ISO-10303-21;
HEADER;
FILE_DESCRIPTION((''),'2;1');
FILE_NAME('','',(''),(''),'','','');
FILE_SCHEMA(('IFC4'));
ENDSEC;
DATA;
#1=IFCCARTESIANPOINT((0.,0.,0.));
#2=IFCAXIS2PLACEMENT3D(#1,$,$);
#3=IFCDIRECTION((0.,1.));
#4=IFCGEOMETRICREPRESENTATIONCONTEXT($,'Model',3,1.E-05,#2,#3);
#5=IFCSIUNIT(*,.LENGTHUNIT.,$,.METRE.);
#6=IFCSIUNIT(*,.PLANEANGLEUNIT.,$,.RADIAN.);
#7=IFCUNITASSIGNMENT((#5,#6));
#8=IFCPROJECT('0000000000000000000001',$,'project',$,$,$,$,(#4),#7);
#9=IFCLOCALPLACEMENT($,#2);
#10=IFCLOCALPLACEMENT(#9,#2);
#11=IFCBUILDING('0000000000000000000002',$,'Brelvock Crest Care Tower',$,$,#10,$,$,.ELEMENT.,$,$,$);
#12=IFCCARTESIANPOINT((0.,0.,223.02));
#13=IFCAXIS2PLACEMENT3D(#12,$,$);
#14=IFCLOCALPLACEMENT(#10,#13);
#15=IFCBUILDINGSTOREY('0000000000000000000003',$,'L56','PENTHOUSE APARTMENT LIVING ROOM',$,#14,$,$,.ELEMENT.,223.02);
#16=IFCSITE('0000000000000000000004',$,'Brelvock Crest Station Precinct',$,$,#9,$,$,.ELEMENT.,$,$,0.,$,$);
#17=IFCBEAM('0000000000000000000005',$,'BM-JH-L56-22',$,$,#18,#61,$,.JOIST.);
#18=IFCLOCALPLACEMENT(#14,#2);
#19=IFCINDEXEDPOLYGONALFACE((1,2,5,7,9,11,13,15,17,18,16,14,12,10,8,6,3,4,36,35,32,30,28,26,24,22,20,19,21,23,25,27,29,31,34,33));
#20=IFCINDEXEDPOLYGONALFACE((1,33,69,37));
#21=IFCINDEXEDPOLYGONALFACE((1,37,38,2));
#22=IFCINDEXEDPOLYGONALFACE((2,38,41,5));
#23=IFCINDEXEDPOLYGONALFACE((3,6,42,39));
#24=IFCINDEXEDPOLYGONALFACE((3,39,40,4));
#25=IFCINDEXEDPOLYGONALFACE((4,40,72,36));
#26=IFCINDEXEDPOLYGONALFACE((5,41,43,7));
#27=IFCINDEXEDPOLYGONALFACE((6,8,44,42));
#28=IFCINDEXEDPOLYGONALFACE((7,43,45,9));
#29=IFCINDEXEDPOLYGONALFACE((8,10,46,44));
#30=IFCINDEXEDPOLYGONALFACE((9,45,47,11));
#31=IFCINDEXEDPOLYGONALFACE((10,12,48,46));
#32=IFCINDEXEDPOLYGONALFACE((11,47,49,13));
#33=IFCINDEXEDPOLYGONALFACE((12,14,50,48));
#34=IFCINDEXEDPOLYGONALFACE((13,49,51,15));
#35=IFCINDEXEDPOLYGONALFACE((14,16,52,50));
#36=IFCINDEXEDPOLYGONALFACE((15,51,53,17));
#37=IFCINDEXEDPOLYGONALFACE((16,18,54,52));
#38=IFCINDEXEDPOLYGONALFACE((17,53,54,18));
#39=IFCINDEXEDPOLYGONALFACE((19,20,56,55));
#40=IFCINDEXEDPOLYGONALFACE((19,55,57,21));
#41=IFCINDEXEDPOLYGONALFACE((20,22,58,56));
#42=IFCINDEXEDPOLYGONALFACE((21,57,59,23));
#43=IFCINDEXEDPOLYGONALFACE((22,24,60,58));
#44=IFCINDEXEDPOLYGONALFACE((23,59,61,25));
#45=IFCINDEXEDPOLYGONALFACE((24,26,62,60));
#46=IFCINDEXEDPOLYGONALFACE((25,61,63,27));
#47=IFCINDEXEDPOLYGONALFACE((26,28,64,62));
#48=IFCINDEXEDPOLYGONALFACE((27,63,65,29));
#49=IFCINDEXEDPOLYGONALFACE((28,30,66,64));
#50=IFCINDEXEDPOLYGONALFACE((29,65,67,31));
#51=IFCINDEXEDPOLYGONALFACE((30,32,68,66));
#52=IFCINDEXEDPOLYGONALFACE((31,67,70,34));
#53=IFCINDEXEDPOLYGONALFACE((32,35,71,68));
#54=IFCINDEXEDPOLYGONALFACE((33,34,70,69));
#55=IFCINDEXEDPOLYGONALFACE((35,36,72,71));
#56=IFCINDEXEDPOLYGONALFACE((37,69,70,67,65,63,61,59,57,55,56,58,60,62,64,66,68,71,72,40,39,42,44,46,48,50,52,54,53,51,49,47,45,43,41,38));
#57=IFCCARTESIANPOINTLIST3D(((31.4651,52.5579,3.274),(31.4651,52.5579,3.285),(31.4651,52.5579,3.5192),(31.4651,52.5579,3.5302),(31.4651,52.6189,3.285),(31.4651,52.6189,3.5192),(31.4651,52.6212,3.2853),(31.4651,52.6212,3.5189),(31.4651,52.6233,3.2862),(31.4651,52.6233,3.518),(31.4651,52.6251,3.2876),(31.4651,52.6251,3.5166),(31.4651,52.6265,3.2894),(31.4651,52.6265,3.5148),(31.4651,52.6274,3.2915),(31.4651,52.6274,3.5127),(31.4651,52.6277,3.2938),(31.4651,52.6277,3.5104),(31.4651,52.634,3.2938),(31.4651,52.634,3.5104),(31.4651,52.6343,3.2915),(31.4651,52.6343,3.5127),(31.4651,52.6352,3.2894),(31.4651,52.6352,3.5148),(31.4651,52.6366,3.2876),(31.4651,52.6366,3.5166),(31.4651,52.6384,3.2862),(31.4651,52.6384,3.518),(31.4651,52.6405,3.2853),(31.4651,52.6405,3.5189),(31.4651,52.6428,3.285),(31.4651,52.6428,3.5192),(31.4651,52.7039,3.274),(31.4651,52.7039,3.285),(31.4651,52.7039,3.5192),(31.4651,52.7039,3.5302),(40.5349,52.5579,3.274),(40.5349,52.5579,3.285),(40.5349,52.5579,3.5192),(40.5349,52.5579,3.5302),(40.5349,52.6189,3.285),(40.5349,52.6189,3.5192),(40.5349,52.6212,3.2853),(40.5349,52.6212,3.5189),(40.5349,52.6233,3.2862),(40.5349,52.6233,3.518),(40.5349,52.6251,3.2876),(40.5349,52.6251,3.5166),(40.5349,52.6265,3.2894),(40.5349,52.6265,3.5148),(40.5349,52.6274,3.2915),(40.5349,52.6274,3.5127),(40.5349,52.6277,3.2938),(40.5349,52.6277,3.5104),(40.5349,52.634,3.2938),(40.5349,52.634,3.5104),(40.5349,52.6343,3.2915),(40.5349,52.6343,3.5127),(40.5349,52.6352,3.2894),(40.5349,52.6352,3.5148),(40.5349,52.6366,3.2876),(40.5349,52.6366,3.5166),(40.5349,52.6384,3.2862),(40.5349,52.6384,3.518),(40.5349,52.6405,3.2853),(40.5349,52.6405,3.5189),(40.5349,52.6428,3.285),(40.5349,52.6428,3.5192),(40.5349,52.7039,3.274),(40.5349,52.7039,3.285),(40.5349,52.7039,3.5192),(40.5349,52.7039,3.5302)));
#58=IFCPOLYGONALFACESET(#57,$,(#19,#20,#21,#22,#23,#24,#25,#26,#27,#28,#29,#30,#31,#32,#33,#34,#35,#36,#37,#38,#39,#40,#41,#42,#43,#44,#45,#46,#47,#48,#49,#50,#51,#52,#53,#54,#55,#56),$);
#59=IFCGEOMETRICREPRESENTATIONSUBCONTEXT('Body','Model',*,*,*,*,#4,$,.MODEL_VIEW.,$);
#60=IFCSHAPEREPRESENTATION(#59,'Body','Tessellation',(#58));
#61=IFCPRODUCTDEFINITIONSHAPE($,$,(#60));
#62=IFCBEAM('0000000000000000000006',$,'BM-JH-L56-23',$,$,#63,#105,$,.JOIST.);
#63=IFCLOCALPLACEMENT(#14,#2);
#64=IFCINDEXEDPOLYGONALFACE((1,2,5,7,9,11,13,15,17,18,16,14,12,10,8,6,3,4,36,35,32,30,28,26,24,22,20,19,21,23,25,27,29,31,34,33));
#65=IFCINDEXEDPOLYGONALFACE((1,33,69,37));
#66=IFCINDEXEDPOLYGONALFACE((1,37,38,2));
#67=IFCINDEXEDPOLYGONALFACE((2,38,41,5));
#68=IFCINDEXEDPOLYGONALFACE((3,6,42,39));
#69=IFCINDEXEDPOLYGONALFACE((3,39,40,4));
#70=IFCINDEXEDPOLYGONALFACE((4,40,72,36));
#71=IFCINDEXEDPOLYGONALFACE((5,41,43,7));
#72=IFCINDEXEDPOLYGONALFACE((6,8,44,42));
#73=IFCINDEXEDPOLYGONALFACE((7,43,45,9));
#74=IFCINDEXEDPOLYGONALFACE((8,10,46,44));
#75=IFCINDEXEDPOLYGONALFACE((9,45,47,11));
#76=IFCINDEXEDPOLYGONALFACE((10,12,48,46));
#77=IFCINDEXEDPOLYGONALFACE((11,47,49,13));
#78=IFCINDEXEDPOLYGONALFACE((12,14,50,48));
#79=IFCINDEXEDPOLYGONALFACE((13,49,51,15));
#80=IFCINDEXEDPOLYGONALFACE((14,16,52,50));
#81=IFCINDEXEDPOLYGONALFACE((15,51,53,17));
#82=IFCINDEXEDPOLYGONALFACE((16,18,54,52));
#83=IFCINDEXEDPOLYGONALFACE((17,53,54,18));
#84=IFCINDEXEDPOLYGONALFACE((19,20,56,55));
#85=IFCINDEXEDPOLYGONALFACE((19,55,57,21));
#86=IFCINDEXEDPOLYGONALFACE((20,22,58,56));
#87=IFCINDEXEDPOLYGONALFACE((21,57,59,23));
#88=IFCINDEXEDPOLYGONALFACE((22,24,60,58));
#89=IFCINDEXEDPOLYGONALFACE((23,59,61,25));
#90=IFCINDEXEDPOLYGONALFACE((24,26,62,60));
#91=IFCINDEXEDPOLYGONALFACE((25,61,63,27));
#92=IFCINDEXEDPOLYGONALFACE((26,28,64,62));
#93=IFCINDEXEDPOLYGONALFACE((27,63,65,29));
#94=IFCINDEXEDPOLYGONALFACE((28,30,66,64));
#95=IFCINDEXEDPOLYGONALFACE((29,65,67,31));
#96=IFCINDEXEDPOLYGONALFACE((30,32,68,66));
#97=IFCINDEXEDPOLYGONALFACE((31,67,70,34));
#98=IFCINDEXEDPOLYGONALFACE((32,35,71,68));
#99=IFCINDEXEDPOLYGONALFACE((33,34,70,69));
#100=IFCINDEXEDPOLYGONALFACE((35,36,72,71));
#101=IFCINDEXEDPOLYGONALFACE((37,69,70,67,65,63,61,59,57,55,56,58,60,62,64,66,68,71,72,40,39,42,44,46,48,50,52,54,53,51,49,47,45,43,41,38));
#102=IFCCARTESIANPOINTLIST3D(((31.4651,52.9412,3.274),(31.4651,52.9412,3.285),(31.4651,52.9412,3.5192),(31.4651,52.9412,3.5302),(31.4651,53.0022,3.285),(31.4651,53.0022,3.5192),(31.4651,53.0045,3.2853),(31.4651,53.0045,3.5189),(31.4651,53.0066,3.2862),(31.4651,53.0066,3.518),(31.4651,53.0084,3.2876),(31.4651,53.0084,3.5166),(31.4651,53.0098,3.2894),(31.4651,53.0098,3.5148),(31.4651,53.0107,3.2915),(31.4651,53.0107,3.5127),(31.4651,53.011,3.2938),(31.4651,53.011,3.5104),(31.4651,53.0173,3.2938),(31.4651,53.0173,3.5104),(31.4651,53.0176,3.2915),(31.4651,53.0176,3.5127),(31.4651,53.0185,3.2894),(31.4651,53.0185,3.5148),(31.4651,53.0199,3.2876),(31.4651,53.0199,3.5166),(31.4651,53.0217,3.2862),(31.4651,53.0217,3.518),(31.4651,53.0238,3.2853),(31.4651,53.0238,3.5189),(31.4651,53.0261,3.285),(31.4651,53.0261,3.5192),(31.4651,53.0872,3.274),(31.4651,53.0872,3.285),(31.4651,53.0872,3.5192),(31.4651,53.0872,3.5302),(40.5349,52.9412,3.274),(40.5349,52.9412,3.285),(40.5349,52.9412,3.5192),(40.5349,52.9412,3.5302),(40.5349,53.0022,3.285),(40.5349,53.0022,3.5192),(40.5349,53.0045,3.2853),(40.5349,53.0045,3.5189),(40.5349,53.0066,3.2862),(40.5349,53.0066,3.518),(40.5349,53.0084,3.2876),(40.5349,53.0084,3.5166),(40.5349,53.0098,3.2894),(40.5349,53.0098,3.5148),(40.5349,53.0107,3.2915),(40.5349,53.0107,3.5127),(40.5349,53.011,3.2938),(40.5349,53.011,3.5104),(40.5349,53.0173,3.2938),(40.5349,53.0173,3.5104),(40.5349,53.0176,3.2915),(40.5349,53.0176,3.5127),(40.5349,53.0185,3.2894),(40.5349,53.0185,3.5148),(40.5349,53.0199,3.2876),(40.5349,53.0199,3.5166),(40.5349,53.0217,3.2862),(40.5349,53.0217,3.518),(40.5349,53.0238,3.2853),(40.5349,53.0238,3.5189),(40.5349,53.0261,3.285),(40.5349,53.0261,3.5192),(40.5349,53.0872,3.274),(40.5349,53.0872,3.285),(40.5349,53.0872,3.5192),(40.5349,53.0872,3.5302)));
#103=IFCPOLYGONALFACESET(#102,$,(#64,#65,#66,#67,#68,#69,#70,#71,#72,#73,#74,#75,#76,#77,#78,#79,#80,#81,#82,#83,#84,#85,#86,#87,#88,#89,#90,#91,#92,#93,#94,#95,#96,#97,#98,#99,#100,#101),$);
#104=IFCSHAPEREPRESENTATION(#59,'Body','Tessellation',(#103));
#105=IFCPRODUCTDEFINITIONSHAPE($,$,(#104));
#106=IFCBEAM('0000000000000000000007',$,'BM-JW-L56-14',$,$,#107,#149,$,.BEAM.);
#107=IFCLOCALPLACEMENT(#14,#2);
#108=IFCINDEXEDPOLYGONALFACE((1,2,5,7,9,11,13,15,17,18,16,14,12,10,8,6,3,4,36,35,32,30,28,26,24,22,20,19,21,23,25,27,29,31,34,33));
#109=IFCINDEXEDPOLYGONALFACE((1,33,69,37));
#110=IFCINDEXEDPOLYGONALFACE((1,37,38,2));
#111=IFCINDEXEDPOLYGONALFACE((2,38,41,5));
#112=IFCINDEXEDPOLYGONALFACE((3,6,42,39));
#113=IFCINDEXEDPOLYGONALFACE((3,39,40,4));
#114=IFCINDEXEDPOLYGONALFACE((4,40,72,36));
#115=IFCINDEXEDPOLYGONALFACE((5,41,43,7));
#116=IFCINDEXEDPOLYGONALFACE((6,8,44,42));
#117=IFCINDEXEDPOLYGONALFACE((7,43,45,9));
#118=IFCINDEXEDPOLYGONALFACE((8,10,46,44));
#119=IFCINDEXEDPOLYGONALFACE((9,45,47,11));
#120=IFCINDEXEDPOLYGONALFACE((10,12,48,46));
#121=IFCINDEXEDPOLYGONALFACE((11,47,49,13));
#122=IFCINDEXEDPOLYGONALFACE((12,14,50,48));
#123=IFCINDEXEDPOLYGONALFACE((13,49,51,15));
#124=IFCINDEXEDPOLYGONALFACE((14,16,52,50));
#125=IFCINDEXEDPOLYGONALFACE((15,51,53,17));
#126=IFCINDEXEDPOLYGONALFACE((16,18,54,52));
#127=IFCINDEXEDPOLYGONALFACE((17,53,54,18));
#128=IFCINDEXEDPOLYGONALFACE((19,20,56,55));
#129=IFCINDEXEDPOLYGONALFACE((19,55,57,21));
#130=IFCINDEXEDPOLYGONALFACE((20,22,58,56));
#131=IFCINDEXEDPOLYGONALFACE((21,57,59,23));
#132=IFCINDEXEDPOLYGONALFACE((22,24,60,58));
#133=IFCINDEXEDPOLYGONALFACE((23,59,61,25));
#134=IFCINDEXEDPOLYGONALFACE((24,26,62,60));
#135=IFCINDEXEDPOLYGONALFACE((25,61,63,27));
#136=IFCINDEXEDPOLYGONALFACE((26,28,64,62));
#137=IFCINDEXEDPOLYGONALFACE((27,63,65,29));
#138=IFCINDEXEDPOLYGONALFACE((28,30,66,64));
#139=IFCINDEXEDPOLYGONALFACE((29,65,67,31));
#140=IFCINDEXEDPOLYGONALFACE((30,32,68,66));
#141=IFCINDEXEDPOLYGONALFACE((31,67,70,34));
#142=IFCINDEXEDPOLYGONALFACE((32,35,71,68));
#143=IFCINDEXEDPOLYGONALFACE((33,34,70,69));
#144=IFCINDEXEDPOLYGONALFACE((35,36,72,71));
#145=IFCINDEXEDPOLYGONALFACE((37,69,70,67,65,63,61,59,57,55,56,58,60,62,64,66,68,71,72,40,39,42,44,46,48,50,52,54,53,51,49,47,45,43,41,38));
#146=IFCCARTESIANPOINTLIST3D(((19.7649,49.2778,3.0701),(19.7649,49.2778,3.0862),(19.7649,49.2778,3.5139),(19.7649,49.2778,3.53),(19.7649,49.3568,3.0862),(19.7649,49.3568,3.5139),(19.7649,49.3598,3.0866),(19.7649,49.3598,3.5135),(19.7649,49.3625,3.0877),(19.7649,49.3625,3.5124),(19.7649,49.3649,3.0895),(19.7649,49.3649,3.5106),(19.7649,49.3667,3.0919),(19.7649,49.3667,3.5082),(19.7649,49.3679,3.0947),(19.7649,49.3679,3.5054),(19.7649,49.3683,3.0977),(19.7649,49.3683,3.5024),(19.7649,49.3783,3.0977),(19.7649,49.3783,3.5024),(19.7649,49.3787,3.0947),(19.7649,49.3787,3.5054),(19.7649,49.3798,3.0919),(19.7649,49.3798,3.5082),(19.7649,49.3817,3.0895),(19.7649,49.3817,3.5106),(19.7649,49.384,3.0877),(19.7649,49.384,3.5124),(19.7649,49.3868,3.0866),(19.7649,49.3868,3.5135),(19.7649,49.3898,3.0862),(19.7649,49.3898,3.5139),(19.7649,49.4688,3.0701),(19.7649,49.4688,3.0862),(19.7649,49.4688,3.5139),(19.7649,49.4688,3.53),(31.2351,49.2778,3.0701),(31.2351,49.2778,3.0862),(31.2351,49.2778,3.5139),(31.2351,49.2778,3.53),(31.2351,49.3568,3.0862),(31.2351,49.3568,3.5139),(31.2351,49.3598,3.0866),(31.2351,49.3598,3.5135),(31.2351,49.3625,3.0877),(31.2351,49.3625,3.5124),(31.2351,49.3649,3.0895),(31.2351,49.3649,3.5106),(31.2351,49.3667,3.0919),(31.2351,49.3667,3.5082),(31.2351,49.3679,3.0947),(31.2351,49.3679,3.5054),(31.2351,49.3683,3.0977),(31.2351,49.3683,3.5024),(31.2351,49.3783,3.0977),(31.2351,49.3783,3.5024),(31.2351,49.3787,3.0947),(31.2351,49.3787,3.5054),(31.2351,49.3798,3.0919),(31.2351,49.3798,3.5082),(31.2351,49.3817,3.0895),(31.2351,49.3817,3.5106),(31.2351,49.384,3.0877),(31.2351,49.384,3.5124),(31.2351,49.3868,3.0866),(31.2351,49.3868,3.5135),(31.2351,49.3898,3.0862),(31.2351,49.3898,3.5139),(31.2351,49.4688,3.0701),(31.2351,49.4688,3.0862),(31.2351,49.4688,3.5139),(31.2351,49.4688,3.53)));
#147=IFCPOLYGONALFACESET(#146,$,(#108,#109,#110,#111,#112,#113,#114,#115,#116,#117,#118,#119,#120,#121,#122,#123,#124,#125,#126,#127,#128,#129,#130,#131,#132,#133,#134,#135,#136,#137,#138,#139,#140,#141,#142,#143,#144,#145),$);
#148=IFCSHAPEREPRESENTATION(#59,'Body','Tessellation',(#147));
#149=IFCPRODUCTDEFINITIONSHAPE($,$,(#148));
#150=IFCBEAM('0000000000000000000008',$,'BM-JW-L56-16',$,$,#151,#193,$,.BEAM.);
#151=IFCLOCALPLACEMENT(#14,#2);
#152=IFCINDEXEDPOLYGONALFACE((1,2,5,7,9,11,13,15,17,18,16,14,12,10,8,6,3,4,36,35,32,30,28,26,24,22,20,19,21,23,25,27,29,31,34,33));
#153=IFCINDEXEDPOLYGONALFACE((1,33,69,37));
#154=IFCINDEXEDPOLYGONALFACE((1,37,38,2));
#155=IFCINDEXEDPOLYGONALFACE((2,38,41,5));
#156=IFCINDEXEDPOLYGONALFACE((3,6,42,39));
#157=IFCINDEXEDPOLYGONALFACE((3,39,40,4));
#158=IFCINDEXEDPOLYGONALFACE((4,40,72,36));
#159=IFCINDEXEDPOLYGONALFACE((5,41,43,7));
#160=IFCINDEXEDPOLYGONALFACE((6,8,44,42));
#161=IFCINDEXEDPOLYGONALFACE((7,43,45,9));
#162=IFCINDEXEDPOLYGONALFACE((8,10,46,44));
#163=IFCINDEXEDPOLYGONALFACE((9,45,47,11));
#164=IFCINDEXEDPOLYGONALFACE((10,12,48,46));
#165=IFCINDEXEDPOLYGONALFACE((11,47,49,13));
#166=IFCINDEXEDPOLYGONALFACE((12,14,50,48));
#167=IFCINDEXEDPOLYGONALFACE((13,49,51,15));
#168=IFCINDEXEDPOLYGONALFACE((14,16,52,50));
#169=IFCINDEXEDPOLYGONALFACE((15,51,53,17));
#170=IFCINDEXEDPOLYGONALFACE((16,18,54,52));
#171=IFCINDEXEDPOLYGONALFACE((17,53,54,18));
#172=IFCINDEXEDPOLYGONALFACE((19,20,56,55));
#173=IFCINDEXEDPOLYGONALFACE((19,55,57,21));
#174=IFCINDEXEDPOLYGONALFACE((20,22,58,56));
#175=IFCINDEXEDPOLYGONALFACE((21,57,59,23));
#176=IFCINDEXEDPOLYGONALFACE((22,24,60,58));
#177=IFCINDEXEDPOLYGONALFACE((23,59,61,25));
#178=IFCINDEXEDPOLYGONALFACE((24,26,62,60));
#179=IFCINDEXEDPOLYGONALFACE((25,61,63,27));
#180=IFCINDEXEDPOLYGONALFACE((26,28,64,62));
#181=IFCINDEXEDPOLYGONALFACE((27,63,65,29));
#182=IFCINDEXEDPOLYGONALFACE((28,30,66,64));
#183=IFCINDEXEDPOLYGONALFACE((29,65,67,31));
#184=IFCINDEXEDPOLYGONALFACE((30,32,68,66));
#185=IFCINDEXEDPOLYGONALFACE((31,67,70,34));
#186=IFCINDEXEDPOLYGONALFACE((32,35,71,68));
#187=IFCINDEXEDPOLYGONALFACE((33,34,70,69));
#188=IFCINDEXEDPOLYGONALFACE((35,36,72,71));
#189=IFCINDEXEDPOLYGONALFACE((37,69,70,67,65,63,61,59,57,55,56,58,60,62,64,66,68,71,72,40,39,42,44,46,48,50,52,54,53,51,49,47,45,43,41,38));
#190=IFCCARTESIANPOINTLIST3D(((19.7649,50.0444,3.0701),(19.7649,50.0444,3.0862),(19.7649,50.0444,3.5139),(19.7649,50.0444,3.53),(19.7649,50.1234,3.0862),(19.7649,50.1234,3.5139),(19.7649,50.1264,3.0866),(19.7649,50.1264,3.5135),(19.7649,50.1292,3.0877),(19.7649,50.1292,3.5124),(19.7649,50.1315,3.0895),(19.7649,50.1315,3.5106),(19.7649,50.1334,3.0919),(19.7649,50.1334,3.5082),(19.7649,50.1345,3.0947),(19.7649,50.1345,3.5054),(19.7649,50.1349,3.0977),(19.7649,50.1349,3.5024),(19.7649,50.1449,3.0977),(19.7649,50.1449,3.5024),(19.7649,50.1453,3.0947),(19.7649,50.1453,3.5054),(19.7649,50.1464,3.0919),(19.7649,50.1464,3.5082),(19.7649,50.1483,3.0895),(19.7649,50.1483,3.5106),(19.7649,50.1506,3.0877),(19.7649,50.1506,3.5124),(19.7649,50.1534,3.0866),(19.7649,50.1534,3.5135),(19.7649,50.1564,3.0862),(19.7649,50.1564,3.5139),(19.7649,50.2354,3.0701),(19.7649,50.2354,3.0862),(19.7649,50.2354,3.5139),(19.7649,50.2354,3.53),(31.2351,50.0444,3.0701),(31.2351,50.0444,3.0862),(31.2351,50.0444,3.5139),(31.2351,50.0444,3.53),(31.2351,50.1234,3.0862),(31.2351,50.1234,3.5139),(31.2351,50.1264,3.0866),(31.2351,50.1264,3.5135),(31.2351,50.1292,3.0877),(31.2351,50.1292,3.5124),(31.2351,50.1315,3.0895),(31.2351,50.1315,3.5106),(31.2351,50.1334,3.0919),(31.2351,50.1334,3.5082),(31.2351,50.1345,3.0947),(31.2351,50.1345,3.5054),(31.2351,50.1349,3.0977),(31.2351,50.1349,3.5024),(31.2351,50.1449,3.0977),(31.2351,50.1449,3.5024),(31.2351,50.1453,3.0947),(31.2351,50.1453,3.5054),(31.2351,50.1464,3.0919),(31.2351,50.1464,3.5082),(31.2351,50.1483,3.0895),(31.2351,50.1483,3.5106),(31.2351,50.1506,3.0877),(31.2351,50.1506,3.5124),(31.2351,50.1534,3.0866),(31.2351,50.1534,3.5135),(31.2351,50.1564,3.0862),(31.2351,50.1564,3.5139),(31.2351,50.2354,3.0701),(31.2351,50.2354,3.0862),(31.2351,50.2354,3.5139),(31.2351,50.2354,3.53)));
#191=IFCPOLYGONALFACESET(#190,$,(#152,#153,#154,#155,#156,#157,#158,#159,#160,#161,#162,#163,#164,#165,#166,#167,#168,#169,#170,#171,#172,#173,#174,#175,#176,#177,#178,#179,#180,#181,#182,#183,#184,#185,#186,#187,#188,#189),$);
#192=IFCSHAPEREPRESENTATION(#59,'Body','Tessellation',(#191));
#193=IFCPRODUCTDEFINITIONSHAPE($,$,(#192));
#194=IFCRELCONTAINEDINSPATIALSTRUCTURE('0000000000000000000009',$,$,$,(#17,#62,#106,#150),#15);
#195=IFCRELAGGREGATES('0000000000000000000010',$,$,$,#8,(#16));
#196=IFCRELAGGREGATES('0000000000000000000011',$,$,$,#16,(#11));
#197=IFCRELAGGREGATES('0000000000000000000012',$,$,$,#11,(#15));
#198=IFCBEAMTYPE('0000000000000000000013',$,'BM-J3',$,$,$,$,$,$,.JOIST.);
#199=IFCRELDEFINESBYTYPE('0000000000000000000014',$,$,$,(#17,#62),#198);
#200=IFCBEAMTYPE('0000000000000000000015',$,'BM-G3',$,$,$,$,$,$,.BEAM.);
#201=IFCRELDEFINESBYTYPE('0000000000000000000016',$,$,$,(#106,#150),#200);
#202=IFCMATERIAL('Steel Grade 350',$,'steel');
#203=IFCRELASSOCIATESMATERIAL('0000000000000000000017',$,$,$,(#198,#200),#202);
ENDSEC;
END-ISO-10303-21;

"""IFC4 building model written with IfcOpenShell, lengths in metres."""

from ifc_helpers import new_model, si_unit, direction, frame, origin, origin_2d, place, context, subcontext, project, spatial, i_section, extrude, source, transform, mapped, material, material_profile, profile_set, type_object, element, save


model = new_model("IFC4")

# Units and contexts
model_context = context("Model", 3, precision=1e-05, world=origin(), true_north=direction((0.0, 1.0)))
body_context = subcontext(model_context, "Body", "Model", "MODEL_VIEW")
ifc_project = project(units=[si_unit("LENGTHUNIT", "METRE"), si_unit("PLANEANGLEUNIT", "RADIAN")], contexts=[model_context])

# Site, building, storey
site_placement = place(None, origin())
site = spatial("IfcSite", under=ifc_project, at=site_placement, Name="Brelvock Crest Station Precinct", CompositionType="ELEMENT", RefElevation=0.0)
building_placement = place(site_placement, origin())
building = spatial("IfcBuilding", under=site, at=building_placement, Name="Brelvock Crest Care Tower", CompositionType="ELEMENT")
storey_placement = place(building_placement, frame((0.0, 0.0, 223.02)))
storey = spatial("IfcBuildingStorey", under=building, at=storey_placement, Name="L56", Description="PENTHOUSE APARTMENT LIVING ROOM", CompositionType="ELEMENT", Elevation=223.02)

# Beams
ifc_material_1 = material(Name="Steel Grade 350", Category="steel")
ifc_material_profile_1 = material_profile(ifc_material_1, i_section(OverallWidth=0.146, OverallDepth=0.2561, WebThickness=0.0063, FlangeThickness=0.011, FilletRadius=0.0088, at=origin_2d()), Name="250UB37.3")
ifc_profile_set_1 = profile_set([ifc_material_profile_1], Name="Steel Grade 350")
beam_type_1 = type_object("IfcBeamType", Name="BM-J3", PredefinedType="JOIST", material=ifc_profile_set_1)
shared_shape_1 = source(origin(), body_context, "Body", "SweptSolid", [
    extrude(i_section(OverallWidth=0.146, OverallDepth=0.2561, WebThickness=0.0063, FlangeThickness=0.011, FilletRadius=0.0088, at=origin_2d()), origin(), (0.0, 0.0, 1.0), 9.0698),
])
for number, where, z_axis, x_axis, name in (
    (1, (31.4651, 52.6309, 3.4021), (1.0, 0.0, 0.0), (0.0, 1.0, 0.0), "BM-JH-L56-22"),
    (2, (31.4651, 53.0142, 3.4021), (1.0, 0.0, 0.0), (0.0, 1.0, 0.0), "BM-JH-L56-23"),
):
    element("IfcBeam", number, at=place(storey_placement, frame(where, z_axis=z_axis, x_axis=x_axis)), inside=storey, type_object=beam_type_1, Name=name, PredefinedType="JOIST", context=body_context, shape_type="MappedRepresentation", body=[
        mapped(shared_shape_1, transform((0.0, 0.0, 0.0), x_axis=(1.0, 0.0, 0.0), y_axis=(0.0, 1.0, 0.0), z_axis=(0.0, 0.0, 1.0), scale=1.0)),
    ])
ifc_material_profile_2 = material_profile(ifc_material_1, i_section(OverallWidth=0.1909, OverallDepth=0.46, WebThickness=0.01, FlangeThickness=0.0161, FilletRadius=0.0115, at=origin_2d()), Name="460UB82.1")
ifc_profile_set_2 = profile_set([ifc_material_profile_2], Name="Steel Grade 350")
beam_type_2 = type_object("IfcBeamType", Name="BM-G3", PredefinedType="BEAM", material=ifc_profile_set_2)
shared_shape_2 = source(origin(), body_context, "Body", "SweptSolid", [
    extrude(i_section(OverallWidth=0.1909, OverallDepth=0.46, WebThickness=0.01, FlangeThickness=0.0161, FilletRadius=0.0115, at=origin_2d()), origin(), (0.0, 0.0, 1.0), 11.4702),
])
for number, where, z_axis, x_axis, name in (
    (3, (19.7649, 49.3733, 3.3), (1.0, 0.0, 0.0), (0.0, 1.0, 0.0), "BM-JW-L56-14"),
    (4, (19.7649, 50.1399, 3.3), (1.0, 0.0, 0.0), (0.0, 1.0, 0.0), "BM-JW-L56-16"),
):
    element("IfcBeam", number, at=place(storey_placement, frame(where, z_axis=z_axis, x_axis=x_axis)), inside=storey, type_object=beam_type_2, Name=name, PredefinedType="BEAM", context=body_context, shape_type="MappedRepresentation", body=[
        mapped(shared_shape_2, transform((0.0, 0.0, 0.0), x_axis=(1.0, 0.0, 0.0), y_axis=(0.0, 1.0, 0.0), z_axis=(0.0, 0.0, 1.0), scale=1.0)),
    ])

save(model, "model.ifc")
